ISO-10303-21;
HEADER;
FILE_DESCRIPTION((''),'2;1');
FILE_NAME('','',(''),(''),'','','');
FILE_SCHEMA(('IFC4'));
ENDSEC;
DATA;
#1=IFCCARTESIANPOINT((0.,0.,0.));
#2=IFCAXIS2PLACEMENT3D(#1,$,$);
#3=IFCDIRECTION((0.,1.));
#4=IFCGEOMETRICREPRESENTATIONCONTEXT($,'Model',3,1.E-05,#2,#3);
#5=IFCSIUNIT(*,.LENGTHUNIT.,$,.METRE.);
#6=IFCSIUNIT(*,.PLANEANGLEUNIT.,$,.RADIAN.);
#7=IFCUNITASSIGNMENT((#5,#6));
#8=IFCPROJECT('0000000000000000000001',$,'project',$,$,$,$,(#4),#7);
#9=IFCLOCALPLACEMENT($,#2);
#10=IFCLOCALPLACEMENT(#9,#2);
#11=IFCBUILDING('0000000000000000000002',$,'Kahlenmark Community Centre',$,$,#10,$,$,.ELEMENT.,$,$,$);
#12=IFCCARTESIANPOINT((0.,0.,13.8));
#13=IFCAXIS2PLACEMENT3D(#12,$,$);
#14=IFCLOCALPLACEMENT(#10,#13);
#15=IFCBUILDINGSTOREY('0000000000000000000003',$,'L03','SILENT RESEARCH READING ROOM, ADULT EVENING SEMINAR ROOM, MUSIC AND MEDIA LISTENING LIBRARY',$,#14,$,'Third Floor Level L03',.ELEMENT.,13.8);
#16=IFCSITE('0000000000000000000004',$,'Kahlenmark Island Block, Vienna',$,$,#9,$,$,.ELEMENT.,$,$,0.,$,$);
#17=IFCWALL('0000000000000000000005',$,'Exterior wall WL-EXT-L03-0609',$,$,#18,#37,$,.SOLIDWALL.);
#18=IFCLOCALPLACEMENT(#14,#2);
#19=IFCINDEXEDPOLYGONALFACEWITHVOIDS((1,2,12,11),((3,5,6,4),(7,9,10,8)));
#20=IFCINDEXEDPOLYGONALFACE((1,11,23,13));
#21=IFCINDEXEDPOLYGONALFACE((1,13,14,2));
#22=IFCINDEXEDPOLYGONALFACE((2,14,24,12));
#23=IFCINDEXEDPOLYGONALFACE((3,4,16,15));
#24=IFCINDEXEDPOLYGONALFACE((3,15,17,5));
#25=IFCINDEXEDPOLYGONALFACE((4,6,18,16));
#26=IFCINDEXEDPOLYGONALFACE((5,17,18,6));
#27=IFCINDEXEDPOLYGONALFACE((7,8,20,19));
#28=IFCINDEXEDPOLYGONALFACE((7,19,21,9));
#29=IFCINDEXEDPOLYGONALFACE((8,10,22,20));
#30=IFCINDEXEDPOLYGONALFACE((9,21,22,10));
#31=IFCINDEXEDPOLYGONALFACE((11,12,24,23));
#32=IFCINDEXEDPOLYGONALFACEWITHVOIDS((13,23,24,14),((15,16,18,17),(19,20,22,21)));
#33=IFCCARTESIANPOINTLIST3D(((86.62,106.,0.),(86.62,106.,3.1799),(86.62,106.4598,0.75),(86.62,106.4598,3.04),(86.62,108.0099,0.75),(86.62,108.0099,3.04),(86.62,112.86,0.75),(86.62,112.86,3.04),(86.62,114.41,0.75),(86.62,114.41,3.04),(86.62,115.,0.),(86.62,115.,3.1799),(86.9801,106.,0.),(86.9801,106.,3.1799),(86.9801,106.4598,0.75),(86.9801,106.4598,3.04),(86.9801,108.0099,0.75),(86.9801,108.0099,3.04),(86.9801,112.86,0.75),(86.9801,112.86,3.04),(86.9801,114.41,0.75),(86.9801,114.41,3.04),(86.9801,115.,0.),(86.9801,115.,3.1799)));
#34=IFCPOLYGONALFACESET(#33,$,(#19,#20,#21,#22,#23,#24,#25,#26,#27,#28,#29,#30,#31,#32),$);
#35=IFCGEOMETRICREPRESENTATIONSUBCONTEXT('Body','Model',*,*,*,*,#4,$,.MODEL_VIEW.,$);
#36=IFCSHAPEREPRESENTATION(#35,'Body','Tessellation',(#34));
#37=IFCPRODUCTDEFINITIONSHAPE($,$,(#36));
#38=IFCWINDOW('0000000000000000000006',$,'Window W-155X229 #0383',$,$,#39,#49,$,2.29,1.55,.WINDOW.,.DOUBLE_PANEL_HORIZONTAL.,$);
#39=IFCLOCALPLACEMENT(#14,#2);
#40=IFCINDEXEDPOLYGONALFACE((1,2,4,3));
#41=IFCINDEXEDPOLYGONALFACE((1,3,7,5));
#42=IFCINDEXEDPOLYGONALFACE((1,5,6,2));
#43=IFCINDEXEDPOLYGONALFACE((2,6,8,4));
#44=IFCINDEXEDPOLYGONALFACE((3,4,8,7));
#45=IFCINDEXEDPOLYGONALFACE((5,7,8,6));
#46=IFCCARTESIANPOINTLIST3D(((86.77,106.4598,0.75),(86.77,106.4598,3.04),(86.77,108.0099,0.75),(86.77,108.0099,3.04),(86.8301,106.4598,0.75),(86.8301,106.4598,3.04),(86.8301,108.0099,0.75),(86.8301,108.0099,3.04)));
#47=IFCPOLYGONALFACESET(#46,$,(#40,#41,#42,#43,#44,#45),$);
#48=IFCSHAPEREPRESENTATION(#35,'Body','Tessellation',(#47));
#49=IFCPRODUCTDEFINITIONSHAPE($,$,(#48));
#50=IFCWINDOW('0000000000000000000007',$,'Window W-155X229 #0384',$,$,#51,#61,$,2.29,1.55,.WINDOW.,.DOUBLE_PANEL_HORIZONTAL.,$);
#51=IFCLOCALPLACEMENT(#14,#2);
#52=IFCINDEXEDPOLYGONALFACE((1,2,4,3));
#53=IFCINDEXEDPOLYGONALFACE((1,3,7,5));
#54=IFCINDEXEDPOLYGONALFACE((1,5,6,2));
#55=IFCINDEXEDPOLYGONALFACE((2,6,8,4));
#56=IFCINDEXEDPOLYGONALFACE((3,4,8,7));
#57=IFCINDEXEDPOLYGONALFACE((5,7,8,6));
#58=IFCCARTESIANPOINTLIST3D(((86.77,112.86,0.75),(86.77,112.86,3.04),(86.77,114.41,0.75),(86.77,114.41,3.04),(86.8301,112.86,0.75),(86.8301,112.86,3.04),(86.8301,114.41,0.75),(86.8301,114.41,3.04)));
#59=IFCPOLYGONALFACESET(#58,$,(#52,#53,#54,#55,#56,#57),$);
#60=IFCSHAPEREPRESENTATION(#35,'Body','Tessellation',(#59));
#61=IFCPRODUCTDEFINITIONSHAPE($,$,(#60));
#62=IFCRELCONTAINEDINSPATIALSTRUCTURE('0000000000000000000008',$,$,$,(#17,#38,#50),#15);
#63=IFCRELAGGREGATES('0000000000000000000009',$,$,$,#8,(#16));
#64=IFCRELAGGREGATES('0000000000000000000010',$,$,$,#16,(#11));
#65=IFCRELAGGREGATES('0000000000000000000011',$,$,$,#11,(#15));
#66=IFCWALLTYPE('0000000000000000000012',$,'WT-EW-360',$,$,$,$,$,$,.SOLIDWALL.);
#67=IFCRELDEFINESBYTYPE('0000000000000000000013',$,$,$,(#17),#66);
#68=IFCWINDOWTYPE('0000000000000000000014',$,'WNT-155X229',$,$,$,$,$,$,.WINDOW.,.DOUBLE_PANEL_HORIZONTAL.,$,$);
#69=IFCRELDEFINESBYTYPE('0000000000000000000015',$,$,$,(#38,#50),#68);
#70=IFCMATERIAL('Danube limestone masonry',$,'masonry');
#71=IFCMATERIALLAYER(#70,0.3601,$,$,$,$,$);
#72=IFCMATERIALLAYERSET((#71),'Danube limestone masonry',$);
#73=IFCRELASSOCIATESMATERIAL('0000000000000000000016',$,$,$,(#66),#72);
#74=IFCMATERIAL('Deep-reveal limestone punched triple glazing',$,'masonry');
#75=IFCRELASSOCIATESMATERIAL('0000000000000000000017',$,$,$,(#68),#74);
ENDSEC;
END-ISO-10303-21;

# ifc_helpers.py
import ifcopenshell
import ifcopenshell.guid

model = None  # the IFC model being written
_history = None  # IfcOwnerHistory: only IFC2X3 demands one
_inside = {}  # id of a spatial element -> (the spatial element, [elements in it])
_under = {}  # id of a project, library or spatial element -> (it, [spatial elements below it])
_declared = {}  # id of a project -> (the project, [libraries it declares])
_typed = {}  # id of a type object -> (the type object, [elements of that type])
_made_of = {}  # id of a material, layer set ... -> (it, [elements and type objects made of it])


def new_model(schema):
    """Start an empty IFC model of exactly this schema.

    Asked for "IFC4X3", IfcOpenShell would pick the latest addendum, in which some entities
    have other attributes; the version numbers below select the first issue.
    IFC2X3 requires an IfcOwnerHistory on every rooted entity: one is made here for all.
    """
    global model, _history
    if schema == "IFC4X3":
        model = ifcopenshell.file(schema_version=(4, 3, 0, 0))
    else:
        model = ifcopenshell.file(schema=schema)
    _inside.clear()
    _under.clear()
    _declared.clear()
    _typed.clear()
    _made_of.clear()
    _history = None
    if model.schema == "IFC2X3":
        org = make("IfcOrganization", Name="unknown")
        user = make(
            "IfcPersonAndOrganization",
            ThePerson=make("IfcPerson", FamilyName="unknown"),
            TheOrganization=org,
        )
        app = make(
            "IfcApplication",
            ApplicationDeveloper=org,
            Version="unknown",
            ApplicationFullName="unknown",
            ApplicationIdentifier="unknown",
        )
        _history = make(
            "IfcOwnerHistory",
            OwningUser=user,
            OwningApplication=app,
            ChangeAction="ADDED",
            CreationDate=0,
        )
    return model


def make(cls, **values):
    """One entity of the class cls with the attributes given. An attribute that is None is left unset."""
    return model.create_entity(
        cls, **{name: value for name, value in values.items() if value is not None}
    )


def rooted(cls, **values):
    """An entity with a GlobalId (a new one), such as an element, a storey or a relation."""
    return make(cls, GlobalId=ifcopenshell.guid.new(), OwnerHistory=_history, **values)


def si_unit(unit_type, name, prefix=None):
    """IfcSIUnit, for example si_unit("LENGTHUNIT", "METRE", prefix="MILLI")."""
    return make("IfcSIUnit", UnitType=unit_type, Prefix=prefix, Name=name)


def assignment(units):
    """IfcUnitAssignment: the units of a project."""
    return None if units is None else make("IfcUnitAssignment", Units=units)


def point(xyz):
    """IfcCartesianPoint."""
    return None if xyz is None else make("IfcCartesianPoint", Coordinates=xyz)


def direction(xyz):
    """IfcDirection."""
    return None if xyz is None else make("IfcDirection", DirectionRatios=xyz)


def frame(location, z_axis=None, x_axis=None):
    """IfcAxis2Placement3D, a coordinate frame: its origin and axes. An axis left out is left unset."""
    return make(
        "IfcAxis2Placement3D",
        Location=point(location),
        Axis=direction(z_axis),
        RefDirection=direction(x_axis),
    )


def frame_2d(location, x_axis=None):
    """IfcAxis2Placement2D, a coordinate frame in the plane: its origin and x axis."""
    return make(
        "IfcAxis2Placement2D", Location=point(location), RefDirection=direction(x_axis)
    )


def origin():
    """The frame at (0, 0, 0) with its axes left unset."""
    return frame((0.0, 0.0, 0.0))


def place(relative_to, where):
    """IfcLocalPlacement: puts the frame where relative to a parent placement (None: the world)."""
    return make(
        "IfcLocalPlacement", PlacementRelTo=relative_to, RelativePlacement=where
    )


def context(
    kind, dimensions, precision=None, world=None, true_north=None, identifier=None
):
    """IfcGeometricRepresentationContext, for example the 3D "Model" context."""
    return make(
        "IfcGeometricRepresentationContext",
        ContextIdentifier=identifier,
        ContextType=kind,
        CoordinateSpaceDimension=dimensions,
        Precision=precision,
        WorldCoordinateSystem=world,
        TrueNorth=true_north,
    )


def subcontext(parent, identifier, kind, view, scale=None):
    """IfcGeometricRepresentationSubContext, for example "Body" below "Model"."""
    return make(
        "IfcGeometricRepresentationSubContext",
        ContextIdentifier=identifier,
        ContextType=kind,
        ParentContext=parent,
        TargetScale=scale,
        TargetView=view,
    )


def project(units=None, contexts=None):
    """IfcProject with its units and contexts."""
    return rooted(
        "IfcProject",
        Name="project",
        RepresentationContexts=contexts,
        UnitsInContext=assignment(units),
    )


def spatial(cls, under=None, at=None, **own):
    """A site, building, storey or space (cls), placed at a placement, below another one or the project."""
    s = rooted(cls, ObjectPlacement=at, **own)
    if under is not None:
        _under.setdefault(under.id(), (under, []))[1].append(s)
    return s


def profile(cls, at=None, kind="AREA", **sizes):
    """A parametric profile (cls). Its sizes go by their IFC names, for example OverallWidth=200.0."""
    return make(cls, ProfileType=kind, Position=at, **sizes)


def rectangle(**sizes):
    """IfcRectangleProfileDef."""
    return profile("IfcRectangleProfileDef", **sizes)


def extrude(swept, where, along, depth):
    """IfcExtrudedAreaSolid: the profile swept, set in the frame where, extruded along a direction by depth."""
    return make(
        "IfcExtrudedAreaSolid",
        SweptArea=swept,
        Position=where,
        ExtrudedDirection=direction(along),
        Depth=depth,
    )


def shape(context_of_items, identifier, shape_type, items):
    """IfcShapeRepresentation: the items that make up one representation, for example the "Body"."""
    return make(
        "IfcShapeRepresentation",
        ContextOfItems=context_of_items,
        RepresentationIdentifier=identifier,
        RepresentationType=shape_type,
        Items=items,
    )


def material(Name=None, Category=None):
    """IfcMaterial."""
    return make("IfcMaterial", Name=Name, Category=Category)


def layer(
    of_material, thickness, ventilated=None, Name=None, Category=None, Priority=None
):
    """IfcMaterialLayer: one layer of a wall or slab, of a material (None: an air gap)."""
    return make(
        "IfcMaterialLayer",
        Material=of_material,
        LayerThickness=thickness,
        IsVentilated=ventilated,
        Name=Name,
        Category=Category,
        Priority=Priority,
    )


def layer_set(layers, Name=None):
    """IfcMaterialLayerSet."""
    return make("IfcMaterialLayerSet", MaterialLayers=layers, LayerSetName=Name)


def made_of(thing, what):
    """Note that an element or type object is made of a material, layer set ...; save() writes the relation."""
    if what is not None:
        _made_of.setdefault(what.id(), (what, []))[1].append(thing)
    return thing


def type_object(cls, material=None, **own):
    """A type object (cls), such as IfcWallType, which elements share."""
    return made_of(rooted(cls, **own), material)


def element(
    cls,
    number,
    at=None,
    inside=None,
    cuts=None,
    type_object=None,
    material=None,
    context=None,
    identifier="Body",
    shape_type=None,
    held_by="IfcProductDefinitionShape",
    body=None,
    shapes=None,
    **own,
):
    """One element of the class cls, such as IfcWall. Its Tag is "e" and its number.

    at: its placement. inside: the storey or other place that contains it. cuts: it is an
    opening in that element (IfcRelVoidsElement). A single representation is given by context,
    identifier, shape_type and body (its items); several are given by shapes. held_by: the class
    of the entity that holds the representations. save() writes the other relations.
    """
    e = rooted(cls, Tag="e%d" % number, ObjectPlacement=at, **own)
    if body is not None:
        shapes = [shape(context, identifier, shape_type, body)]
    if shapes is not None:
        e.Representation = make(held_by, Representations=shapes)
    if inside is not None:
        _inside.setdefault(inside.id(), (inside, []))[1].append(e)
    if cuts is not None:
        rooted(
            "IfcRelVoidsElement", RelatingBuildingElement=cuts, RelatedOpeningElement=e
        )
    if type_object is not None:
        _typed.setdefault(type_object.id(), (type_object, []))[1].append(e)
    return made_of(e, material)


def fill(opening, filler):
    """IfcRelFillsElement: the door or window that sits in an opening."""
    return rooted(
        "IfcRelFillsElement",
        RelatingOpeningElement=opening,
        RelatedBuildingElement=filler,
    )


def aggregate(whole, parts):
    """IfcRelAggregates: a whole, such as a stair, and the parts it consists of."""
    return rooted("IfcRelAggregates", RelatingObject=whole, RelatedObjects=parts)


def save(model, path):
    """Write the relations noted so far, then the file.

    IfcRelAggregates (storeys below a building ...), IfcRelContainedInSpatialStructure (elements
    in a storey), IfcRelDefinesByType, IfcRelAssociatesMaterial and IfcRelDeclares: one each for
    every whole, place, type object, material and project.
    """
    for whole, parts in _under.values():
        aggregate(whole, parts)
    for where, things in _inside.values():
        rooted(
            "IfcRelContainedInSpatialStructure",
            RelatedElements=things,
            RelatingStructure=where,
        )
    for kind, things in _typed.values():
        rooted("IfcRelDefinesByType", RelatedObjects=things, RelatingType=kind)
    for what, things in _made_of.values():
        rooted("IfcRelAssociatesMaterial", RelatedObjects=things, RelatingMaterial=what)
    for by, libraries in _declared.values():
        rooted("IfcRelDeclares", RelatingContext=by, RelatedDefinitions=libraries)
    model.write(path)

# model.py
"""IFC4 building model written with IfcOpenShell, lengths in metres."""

from ifc_helpers import new_model, si_unit, direction, frame, frame_2d, origin, place, context, subcontext, project, spatial, rectangle, extrude, material, layer, layer_set, type_object, element, fill, save


model = new_model("IFC4")

# Units and contexts
model_context = context("Model", 3, precision=1e-05, world=origin(), true_north=direction((0.0, 1.0)))
body_context = subcontext(model_context, "Body", "Model", "MODEL_VIEW")
ifc_project = project(units=[si_unit("LENGTHUNIT", "METRE"), si_unit("PLANEANGLEUNIT", "RADIAN")], contexts=[model_context])

# Site, building, storey
site_placement = place(None, origin())
site = spatial("IfcSite", under=ifc_project, at=site_placement, Name="Kahlenmark Island Block, Vienna", CompositionType="ELEMENT", RefElevation=0.0)
building_placement = place(site_placement, origin())
building = spatial("IfcBuilding", under=site, at=building_placement, Name="Kahlenmark Community Centre", CompositionType="ELEMENT")
storey_placement = place(building_placement, frame((0.0, 0.0, 13.8)))
storey = spatial("IfcBuildingStorey", under=building, at=storey_placement, Name="L03", Description="SILENT RESEARCH READING ROOM, ADULT EVENING SEMINAR ROOM, MUSIC AND MEDIA LISTENING LIBRARY", LongName="Third Floor Level L03", CompositionType="ELEMENT", Elevation=13.8)

# Wall, openings, windows
ifc_material_1 = material(Name="Danube limestone masonry", Category="masonry")
ifc_layer_1 = layer(ifc_material_1, 0.3601)
ifc_layer_set_1 = layer_set([ifc_layer_1], Name="Danube limestone masonry")
wall_type_1 = type_object("IfcWallType", Name="WT-EW-360", PredefinedType="SOLIDWALL", material=ifc_layer_set_1)
wall_1_placement = place(storey_placement, frame((86.8, 106.0, 0.0), z_axis=(0.0, 0.0, 1.0), x_axis=(0.0, 1.0, 0.0)))
wall_1 = element("IfcWall", 1, at=wall_1_placement, inside=storey, type_object=wall_type_1, Name="Exterior wall WL-EXT-L03-0609", PredefinedType="SOLIDWALL", context=body_context, shape_type="SweptSolid", body=[
    extrude(rectangle(XDim=9.0, YDim=0.3601, at=frame_2d((4.5, 0.0))), origin(), (0.0, 0.0, 1.0), 3.1799),
])
opening_1_placement = place(wall_1_placement, frame((0.46, 0.0, 0.75)))
opening_1 = element("IfcOpeningElement", 2, at=opening_1_placement, cuts=wall_1, PredefinedType="OPENING", context=body_context, shape_type="SweptSolid", body=[
    extrude(rectangle(XDim=1.55, YDim=2.29, at=frame_2d((0.7749, 1.145))), frame((0.0, 0.1899, 0.0), z_axis=(0.0, -1.0, 0.0), x_axis=(1.0, 0.0, 0.0)), (0.0, 0.0, 1.0), 0.3801),
])
opening_2_placement = place(wall_1_placement, frame((6.8601, 0.0, 0.75)))
opening_2 = element("IfcOpeningElement", 3, at=opening_2_placement, cuts=wall_1, PredefinedType="OPENING", context=body_context, shape_type="SweptSolid", body=[
    extrude(rectangle(XDim=1.55, YDim=2.29, at=frame_2d((0.7749, 1.145))), frame((0.0, 0.1899, 0.0), z_axis=(0.0, -1.0, 0.0), x_axis=(1.0, 0.0, 0.0)), (0.0, 0.0, 1.0), 0.3801),
])
ifc_material_2 = material(Name="Deep-reveal limestone punched triple glazing", Category="masonry")
window_type = type_object("IfcWindowType", Name="WNT-155X229", PartitioningType="DOUBLE_PANEL_HORIZONTAL", PredefinedType="WINDOW", material=ifc_material_2)
window_1_placement = place(opening_1_placement, origin())
window_1 = element("IfcWindow", 4, at=window_1_placement, inside=storey, type_object=window_type, Name="Window W-155X229 #0383", OverallHeight=2.29, OverallWidth=1.55, PartitioningType="DOUBLE_PANEL_HORIZONTAL", PredefinedType="WINDOW", context=body_context, shape_type="SweptSolid", body=[
    extrude(rectangle(XDim=1.55, YDim=2.29, at=frame_2d((0.7749, 1.145))), frame((0.0, 0.03, 0.0), z_axis=(0.0, -1.0, 0.0), x_axis=(1.0, 0.0, 0.0)), (0.0, 0.0, 1.0), 0.0601),
])
fill(opening_1, window_1)
window_2_placement = place(opening_2_placement, origin())
window_2 = element("IfcWindow", 5, at=window_2_placement, inside=storey, type_object=window_type, Name="Window W-155X229 #0384", OverallHeight=2.29, OverallWidth=1.55, PartitioningType="DOUBLE_PANEL_HORIZONTAL", PredefinedType="WINDOW", context=body_context, shape_type="SweptSolid", body=[
    extrude(rectangle(XDim=1.55, YDim=2.29, at=frame_2d((0.7749, 1.145))), frame((0.0, 0.03, 0.0), z_axis=(0.0, -1.0, 0.0), x_axis=(1.0, 0.0, 0.0)), (0.0, 0.0, 1.0), 0.0601),
])
fill(opening_2, window_2)

save(model, "model.ifc")
